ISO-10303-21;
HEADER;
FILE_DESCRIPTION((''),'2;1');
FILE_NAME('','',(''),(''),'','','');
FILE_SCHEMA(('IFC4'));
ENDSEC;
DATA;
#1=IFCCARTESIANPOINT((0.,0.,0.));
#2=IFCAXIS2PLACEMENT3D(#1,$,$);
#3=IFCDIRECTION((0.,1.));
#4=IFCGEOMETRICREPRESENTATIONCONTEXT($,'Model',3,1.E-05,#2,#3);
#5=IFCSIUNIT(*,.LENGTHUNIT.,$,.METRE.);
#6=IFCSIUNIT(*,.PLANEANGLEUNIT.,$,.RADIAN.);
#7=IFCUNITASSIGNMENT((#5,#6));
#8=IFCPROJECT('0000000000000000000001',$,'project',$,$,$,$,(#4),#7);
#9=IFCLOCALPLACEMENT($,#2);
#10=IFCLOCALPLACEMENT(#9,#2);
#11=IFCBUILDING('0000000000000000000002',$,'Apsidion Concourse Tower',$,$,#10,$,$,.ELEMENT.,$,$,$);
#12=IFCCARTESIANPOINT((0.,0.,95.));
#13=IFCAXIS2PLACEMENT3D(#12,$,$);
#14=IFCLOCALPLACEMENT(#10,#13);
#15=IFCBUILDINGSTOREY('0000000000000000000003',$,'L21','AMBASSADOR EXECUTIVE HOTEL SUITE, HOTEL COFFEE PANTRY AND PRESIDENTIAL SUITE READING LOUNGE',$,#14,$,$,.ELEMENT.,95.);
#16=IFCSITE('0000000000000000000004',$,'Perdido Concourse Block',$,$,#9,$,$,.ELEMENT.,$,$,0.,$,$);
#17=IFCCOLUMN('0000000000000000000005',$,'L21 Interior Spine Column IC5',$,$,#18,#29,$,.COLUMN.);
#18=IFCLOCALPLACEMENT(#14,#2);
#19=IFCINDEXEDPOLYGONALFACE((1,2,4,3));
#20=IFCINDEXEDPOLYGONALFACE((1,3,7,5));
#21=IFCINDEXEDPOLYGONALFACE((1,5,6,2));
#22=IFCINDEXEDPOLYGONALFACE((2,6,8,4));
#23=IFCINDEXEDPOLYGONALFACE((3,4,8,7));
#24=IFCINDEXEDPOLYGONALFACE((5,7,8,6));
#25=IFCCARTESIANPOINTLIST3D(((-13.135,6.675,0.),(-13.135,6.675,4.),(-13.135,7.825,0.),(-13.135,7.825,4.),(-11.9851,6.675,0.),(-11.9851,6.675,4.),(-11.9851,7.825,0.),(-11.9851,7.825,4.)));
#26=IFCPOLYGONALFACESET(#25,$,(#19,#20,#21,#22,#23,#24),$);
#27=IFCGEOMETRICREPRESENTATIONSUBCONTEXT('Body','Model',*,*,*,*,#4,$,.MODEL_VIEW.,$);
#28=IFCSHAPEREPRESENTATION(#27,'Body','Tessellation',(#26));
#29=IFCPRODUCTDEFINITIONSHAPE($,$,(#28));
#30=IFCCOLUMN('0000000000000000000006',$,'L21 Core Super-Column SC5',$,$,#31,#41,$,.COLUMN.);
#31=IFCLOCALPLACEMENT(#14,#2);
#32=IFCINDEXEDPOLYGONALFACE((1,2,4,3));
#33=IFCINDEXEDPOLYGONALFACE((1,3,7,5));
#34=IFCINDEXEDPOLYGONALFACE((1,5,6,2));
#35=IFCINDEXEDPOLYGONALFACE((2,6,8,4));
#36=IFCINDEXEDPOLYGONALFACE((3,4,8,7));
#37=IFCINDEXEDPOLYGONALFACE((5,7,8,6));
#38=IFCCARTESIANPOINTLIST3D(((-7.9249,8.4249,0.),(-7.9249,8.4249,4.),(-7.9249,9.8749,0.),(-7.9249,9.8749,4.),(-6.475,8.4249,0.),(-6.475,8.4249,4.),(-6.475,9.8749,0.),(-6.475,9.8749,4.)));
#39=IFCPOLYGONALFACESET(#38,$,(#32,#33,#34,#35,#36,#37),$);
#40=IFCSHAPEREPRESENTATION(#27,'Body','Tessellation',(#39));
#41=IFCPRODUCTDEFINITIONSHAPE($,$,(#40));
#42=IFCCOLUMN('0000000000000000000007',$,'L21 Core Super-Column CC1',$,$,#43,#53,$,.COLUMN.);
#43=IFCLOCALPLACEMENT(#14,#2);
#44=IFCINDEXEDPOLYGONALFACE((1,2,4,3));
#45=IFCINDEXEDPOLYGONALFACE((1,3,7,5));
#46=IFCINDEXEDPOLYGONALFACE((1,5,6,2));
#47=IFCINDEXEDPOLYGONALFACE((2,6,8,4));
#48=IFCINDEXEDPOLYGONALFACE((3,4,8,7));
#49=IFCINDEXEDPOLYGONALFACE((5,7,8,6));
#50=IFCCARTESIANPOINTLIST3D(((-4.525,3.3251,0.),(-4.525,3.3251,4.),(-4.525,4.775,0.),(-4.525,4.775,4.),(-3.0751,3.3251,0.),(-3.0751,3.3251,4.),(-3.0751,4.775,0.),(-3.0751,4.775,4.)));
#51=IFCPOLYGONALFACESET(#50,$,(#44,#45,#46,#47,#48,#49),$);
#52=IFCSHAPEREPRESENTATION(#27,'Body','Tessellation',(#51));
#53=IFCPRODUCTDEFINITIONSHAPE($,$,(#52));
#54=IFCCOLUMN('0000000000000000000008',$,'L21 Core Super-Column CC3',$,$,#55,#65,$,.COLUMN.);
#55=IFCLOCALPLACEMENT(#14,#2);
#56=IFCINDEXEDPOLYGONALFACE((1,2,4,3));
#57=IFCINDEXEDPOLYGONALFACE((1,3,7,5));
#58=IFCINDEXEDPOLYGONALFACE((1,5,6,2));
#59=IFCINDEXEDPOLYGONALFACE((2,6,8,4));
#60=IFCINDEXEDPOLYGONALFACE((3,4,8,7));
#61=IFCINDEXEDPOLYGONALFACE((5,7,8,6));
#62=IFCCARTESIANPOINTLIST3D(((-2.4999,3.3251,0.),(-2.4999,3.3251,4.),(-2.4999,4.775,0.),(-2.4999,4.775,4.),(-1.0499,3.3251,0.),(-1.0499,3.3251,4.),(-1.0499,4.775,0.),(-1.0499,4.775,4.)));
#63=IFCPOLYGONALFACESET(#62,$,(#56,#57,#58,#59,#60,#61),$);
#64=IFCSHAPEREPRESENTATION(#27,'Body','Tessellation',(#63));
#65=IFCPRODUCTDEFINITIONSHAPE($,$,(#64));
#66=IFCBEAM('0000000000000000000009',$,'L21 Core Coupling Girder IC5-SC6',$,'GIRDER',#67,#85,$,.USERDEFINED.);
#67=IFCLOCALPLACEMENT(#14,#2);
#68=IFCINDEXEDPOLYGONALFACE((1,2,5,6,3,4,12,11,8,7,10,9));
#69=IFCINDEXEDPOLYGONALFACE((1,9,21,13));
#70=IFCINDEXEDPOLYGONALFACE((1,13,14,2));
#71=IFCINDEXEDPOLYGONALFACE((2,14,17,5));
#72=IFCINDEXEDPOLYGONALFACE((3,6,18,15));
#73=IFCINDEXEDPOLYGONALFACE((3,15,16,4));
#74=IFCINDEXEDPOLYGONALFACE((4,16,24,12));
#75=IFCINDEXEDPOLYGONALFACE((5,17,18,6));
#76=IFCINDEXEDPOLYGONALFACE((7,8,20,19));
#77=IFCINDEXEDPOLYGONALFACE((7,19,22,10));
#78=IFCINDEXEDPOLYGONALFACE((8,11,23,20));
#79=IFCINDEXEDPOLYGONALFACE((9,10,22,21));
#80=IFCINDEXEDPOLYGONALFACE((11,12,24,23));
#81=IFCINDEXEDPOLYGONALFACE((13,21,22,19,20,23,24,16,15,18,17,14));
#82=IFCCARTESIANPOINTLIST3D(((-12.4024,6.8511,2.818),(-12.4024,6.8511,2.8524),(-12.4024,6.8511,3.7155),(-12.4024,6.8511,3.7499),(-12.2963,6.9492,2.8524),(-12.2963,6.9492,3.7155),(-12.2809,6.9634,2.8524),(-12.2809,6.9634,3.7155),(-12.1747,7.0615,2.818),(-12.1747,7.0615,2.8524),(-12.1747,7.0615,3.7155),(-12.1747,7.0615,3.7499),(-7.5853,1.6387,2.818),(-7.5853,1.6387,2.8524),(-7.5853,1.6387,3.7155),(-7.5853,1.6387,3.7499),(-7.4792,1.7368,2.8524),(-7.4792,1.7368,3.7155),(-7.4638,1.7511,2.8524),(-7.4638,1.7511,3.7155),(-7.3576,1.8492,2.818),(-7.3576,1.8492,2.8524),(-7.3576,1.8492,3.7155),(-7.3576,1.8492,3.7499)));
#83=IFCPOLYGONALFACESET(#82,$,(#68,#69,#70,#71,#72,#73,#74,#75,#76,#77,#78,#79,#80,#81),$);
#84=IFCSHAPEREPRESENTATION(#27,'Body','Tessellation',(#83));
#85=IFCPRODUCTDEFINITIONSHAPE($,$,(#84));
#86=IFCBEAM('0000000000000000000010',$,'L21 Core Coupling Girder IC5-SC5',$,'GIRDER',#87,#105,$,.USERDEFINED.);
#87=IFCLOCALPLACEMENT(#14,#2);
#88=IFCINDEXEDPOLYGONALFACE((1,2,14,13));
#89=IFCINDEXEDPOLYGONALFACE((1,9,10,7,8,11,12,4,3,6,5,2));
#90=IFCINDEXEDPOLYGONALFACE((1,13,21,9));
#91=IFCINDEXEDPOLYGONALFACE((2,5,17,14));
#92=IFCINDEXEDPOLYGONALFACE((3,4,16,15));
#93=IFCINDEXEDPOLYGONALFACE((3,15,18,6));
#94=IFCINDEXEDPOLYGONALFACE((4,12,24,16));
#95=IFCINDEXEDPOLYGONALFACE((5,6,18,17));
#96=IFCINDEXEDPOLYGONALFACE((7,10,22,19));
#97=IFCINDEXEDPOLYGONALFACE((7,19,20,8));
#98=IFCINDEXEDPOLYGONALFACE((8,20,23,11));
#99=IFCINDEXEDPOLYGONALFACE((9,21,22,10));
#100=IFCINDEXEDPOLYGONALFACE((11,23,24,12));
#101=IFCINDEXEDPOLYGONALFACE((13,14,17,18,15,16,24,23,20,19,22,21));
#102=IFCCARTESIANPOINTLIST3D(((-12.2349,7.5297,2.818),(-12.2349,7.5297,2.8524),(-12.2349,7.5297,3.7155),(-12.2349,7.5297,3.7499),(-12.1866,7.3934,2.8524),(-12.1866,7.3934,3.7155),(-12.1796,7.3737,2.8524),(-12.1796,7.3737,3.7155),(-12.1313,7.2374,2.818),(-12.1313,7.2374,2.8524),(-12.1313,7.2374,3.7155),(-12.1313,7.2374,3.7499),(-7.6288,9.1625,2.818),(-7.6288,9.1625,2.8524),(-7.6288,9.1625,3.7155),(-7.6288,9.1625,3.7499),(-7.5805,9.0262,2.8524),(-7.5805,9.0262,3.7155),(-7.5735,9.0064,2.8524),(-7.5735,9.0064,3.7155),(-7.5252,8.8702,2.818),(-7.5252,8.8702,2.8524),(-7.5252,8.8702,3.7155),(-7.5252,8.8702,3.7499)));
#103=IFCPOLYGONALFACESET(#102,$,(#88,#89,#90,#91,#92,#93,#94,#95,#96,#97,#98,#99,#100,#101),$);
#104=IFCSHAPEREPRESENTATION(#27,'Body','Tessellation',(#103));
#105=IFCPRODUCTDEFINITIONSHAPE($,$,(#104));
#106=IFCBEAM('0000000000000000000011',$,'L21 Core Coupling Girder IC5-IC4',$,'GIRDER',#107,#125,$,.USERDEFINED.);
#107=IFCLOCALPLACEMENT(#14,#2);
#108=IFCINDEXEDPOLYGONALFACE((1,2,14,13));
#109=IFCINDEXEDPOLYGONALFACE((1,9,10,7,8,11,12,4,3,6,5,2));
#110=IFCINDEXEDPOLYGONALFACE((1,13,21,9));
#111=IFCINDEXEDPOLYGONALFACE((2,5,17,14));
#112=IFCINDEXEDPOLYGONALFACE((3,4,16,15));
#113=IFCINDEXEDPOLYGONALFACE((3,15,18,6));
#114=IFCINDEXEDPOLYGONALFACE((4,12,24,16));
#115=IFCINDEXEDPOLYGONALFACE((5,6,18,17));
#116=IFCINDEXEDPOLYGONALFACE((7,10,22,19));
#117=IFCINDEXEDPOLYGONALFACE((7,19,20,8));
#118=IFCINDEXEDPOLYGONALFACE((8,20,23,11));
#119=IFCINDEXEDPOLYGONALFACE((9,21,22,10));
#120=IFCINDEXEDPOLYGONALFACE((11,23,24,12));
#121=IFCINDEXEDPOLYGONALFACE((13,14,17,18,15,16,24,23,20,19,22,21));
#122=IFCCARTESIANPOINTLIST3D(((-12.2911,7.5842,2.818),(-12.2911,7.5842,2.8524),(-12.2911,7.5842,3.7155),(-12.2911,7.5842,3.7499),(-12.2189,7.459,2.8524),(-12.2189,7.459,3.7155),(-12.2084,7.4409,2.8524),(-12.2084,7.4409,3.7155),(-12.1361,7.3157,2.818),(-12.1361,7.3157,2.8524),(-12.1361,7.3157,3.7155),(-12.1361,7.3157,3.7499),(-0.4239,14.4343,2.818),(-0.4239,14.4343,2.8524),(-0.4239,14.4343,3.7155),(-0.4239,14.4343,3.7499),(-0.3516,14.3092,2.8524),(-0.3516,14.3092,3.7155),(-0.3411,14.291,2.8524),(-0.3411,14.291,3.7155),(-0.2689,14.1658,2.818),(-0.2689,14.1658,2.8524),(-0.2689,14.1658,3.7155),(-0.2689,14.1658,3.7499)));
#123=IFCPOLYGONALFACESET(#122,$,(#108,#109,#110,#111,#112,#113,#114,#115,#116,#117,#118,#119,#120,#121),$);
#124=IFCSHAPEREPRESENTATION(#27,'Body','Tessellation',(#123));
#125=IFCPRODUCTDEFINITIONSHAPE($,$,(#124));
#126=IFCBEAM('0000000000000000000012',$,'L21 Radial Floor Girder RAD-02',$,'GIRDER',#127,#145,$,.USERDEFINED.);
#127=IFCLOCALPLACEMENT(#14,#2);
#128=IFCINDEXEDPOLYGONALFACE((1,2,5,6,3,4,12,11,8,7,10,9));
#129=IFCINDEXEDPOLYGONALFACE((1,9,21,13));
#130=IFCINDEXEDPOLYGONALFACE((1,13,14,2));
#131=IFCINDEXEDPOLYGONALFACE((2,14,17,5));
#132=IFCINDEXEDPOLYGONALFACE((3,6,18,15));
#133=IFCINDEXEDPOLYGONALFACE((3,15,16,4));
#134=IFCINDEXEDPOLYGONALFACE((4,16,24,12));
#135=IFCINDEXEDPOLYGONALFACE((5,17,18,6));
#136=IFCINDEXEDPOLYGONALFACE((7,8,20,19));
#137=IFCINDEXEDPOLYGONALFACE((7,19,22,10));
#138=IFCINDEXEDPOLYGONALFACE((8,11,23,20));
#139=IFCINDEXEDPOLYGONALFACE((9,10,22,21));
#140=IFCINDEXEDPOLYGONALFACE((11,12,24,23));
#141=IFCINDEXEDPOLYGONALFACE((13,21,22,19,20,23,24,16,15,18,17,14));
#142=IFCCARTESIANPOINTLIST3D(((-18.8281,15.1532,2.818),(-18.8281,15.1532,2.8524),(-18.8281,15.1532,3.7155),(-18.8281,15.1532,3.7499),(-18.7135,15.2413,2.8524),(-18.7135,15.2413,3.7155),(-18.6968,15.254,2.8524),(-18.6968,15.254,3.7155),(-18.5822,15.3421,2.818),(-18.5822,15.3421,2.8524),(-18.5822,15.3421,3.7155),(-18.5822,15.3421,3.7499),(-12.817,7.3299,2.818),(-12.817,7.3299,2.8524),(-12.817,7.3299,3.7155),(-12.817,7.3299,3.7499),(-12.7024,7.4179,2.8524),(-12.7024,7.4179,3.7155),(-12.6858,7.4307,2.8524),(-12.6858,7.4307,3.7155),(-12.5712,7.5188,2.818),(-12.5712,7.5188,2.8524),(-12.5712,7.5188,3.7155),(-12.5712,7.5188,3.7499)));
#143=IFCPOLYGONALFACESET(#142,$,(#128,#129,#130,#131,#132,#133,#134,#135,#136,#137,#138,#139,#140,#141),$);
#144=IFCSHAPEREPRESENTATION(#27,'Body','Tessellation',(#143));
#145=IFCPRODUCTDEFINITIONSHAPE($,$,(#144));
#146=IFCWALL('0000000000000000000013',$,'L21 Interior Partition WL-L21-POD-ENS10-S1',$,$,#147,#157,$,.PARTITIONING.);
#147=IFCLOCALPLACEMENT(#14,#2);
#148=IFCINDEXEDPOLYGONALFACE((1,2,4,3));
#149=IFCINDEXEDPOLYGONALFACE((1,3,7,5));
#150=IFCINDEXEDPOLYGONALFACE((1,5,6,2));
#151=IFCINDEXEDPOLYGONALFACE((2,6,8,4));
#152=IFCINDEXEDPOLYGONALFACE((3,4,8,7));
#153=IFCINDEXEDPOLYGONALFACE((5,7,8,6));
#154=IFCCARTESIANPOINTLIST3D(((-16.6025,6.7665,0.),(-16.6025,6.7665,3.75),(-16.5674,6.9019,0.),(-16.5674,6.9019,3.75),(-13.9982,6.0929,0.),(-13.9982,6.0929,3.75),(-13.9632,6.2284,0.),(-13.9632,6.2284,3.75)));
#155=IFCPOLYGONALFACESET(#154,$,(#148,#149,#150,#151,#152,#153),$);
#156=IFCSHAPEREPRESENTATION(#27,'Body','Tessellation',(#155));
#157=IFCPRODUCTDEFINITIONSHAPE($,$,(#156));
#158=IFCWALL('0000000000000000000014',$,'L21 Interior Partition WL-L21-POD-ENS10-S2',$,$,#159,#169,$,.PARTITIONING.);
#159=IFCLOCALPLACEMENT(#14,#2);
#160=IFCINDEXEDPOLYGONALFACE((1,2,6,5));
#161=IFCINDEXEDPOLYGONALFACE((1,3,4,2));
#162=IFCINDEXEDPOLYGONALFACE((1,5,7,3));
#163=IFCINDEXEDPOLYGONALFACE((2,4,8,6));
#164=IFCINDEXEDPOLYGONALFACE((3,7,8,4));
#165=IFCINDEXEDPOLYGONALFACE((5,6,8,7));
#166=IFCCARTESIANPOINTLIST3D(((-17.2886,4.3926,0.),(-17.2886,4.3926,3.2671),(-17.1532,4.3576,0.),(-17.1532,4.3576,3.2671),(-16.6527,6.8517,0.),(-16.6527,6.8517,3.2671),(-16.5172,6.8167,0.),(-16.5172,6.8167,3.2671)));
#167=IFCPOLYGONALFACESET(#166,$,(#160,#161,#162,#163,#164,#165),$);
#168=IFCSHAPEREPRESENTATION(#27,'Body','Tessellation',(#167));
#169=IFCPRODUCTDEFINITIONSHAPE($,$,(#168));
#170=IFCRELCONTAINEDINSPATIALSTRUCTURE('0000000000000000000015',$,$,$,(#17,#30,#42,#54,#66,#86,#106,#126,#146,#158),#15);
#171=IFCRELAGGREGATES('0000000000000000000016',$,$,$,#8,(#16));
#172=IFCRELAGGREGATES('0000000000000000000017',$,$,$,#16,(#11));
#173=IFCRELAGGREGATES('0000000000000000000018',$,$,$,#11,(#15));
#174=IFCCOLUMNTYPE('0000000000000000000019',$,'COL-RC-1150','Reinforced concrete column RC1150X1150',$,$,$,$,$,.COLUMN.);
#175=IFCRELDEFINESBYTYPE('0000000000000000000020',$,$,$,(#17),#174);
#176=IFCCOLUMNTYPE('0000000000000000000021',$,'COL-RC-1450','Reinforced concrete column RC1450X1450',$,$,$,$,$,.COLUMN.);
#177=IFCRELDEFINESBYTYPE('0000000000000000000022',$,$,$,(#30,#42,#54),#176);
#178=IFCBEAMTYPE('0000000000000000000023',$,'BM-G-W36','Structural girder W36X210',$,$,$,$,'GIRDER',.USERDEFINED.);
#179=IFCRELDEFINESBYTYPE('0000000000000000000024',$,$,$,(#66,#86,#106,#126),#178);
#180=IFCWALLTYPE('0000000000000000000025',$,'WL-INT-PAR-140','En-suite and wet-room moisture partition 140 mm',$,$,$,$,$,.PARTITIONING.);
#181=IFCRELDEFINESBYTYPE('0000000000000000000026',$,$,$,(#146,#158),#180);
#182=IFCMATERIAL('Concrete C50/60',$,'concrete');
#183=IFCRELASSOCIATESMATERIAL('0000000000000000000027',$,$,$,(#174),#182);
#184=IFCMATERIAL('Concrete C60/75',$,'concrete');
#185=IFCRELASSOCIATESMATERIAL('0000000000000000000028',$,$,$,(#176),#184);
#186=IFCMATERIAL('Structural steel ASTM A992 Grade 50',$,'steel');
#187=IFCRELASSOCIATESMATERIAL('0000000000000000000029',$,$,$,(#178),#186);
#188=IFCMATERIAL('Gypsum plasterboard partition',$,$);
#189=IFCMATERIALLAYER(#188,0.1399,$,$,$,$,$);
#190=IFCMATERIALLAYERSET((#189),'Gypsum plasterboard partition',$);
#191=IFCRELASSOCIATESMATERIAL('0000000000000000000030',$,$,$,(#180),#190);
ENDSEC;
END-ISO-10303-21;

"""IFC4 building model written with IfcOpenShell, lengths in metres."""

from ifc_helpers import new_model, si_unit, direction, frame, frame_2d, origin, origin_2d, place, context, subcontext, project, spatial, rectangle, i_section, extrude, material, layer, layer_set, material_profile, profile_set, type_object, element, save


model = new_model("IFC4")

# Units and contexts
model_context = context("Model", 3, precision=1e-05, world=origin(), true_north=direction((0.0, 1.0)))
body_context = subcontext(model_context, "Body", "Model", "MODEL_VIEW")
ifc_project = project(units=[si_unit("LENGTHUNIT", "METRE"), si_unit("PLANEANGLEUNIT", "RADIAN")], contexts=[model_context])

# Site, building, storey
site_placement = place(None, origin())
site = spatial("IfcSite", under=ifc_project, at=site_placement, Name="Perdido Concourse Block", CompositionType="ELEMENT", RefElevation=0.0)
building_placement = place(site_placement, origin())
building = spatial("IfcBuilding", under=site, at=building_placement, Name="Apsidion Concourse Tower", CompositionType="ELEMENT")
storey_placement = place(building_placement, frame((0.0, 0.0, 95.0)))
storey = spatial("IfcBuildingStorey", under=building, at=storey_placement, Name="L21", Description="AMBASSADOR EXECUTIVE HOTEL SUITE, HOTEL COFFEE PANTRY AND PRESIDENTIAL SUITE READING LOUNGE", CompositionType="ELEMENT", Elevation=95.0)

# Columns
ifc_material_1 = material(Name="Concrete C50/60", Category="concrete")
ifc_material_profile_1 = material_profile(ifc_material_1, rectangle(XDim=1.1499, YDim=1.1499, at=origin_2d()), Name="RC 1150x1150")
ifc_profile_set_1 = profile_set([ifc_material_profile_1], Name="Concrete C50/60")
column_type_1 = type_object("IfcColumnType", Name="COL-RC-1150", Description="Reinforced concrete column RC1150X1150", PredefinedType="COLUMN", material=ifc_profile_set_1)
column_placement = place(storey_placement, frame((-12.5601, 7.25, 0.0), z_axis=(0.0, 0.0, 1.0), x_axis=(1.0, 0.0, 0.0)))
element("IfcColumn", 1, at=column_placement, inside=storey, type_object=column_type_1, Name="L21 Interior Spine Column IC5", PredefinedType="COLUMN", context=body_context, shape_type="SweptSolid", body=[
    extrude(rectangle(XDim=1.1499, YDim=1.1499, at=origin_2d()), origin(), (0.0, 0.0, 1.0), 4.0),
])
ifc_material_2 = material(Name="Concrete C60/75", Category="concrete")
ifc_material_profile_2 = material_profile(ifc_material_2, rectangle(XDim=1.45, YDim=1.45, at=origin_2d()), Name="RC 1450x1450")
ifc_profile_set_2 = profile_set([ifc_material_profile_2], Name="Concrete C60/75")
column_type_2 = type_object("IfcColumnType", Name="COL-RC-1450", Description="Reinforced concrete column RC1450X1450", PredefinedType="COLUMN", material=ifc_profile_set_2)
for number, where, z_axis, x_axis, name in (
    (2, (-7.2, 9.1499, 0.0), (0.0, 0.0, 1.0), (1.0, 0.0, 0.0), "L21 Core Super-Column SC5"),
    (3, (-3.8, 4.05, 0.0), (0.0, 0.0, 1.0), (1.0, 0.0, 0.0), "L21 Core Super-Column CC1"),
    (4, (-1.7749, 4.05, 0.0), (0.0, 0.0, 1.0), (1.0, 0.0, 0.0), "L21 Core Super-Column CC3"),
):
    element("IfcColumn", number, at=place(storey_placement, frame(where, z_axis=z_axis, x_axis=x_axis)), inside=storey, type_object=column_type_2, Name=name, PredefinedType="COLUMN", context=body_context, shape_type="SweptSolid", body=[
        extrude(rectangle(XDim=1.45, YDim=1.45, at=origin_2d()), origin(), (0.0, 0.0, 1.0), 4.0),
    ])

# Beams
ifc_material_3 = material(Name="Structural steel ASTM A992 Grade 50", Category="steel")
ifc_material_profile_3 = material_profile(ifc_material_3, i_section(OverallWidth=0.3101, OverallDepth=0.9319, WebThickness=0.021, FlangeThickness=0.0344, at=origin_2d()), Name="W36X210")
ifc_profile_set_3 = profile_set([ifc_material_profile_3], Name="Structural steel ASTM A992 Grade 50")
beam_type = type_object("IfcBeamType", Name="BM-G-W36", Description="Structural girder W36X210", ElementType="GIRDER", PredefinedType="USERDEFINED", material=ifc_profile_set_3)
beam_1_placement = place(storey_placement, frame((-12.2886, 6.9563, 3.2839), z_axis=(0.678713, -0.734404, 0.0), x_axis=(0.734404, 0.678713, 0.0)))
element("IfcBeam", 5, at=beam_1_placement, inside=storey, type_object=beam_type, Name="L21 Core Coupling Girder IC5-SC6", ObjectType="GIRDER", PredefinedType="USERDEFINED", context=body_context, shape_type="SweptSolid", body=[
    extrude(i_section(OverallWidth=0.3101, OverallDepth=0.9319, WebThickness=0.021, FlangeThickness=0.0344, at=origin_2d()), origin(), (0.0, 0.0, 1.0), 7.0974),
])
beam_2_placement = place(storey_placement, frame((-12.1831, 7.3835, 3.2839), z_axis=(0.942534, 0.334111, 0.0), x_axis=(-0.334111, 0.942534, 0.0)))
element("IfcBeam", 6, at=beam_2_placement, inside=storey, type_object=beam_type, Name="L21 Core Coupling Girder IC5-SC5", ObjectType="GIRDER", PredefinedType="USERDEFINED", context=body_context, shape_type="SweptSolid", body=[
    extrude(i_section(OverallWidth=0.3101, OverallDepth=0.9319, WebThickness=0.021, FlangeThickness=0.0344, at=origin_2d()), origin(), (0.0, 0.0, 1.0), 4.887),
])
beam_3_placement = place(storey_placement, frame((-12.2136, 7.45, 3.2839), z_axis=(0.86607, 0.499922, 0.0), x_axis=(-0.499922, 0.86607, 0.0)))
element("IfcBeam", 7, at=beam_3_placement, inside=storey, type_object=beam_type, Name="L21 Core Coupling Girder IC5-IC4", ObjectType="GIRDER", PredefinedType="USERDEFINED", context=body_context, shape_type="SweptSolid", body=[
    extrude(i_section(OverallWidth=0.3101, OverallDepth=0.9319, WebThickness=0.021, FlangeThickness=0.0344, at=origin_2d()), origin(), (0.0, 0.0, 1.0), 13.7024),
])
beam_4_placement = place(storey_placement, frame((-12.6941, 7.4243, 3.2839), z_axis=(-0.609272, 0.792961, 0.0), x_axis=(-0.792961, -0.609272, 0.0)))
element("IfcBeam", 8, at=beam_4_placement, inside=storey, type_object=beam_type, Name="L21 Radial Floor Girder RAD-02", ObjectType="GIRDER", PredefinedType="USERDEFINED", context=body_context, shape_type="SweptSolid", body=[
    extrude(i_section(OverallWidth=0.3101, OverallDepth=0.9319, WebThickness=0.021, FlangeThickness=0.0344, at=origin_2d()), origin(), (0.0, 0.0, 1.0), 9.866),
])

# Walls
ifc_material_4 = material(Name="Gypsum plasterboard partition")
ifc_layer_1 = layer(ifc_material_4, 0.1399)
ifc_layer_set_1 = layer_set([ifc_layer_1], Name="Gypsum plasterboard partition")
wall_type_1 = type_object("IfcWallType", Name="WL-INT-PAR-140", Description="En-suite and wet-room moisture partition 140 mm", PredefinedType="PARTITIONING", material=ifc_layer_set_1)
wall_1_placement = place(storey_placement, frame((-13.9807, 6.1606, 0.0), z_axis=(0.0, 0.0, 1.0), x_axis=(-0.96814, 0.250408, 0.0)))
element("IfcWall", 9, at=wall_1_placement, inside=storey, type_object=wall_type_1, Name="L21 Interior Partition WL-L21-POD-ENS10-S1", PredefinedType="PARTITIONING", context=body_context, shape_type="SweptSolid", body=[
    extrude(rectangle(XDim=2.6899, YDim=0.1399, at=frame_2d((1.345, 0.0))), origin(), (0.0, 0.0, 1.0), 3.75),
])
wall_2_placement = place(storey_placement, frame((-16.585, 6.8342, 0.0), z_axis=(0.0, 0.0, 1.0), x_axis=(-0.250375, -0.968149, 0.0)))
element("IfcWall", 10, at=wall_2_placement, inside=storey, type_object=wall_type_1, Name="L21 Interior Partition WL-L21-POD-ENS10-S2", PredefinedType="PARTITIONING", context=body_context, shape_type="SweptSolid", body=[
    extrude(rectangle(XDim=2.54, YDim=0.1399, at=frame_2d((1.27, 0.0))), origin(), (0.0, 0.0, 1.0), 3.2671),
])

save(model, "model.ifc")
